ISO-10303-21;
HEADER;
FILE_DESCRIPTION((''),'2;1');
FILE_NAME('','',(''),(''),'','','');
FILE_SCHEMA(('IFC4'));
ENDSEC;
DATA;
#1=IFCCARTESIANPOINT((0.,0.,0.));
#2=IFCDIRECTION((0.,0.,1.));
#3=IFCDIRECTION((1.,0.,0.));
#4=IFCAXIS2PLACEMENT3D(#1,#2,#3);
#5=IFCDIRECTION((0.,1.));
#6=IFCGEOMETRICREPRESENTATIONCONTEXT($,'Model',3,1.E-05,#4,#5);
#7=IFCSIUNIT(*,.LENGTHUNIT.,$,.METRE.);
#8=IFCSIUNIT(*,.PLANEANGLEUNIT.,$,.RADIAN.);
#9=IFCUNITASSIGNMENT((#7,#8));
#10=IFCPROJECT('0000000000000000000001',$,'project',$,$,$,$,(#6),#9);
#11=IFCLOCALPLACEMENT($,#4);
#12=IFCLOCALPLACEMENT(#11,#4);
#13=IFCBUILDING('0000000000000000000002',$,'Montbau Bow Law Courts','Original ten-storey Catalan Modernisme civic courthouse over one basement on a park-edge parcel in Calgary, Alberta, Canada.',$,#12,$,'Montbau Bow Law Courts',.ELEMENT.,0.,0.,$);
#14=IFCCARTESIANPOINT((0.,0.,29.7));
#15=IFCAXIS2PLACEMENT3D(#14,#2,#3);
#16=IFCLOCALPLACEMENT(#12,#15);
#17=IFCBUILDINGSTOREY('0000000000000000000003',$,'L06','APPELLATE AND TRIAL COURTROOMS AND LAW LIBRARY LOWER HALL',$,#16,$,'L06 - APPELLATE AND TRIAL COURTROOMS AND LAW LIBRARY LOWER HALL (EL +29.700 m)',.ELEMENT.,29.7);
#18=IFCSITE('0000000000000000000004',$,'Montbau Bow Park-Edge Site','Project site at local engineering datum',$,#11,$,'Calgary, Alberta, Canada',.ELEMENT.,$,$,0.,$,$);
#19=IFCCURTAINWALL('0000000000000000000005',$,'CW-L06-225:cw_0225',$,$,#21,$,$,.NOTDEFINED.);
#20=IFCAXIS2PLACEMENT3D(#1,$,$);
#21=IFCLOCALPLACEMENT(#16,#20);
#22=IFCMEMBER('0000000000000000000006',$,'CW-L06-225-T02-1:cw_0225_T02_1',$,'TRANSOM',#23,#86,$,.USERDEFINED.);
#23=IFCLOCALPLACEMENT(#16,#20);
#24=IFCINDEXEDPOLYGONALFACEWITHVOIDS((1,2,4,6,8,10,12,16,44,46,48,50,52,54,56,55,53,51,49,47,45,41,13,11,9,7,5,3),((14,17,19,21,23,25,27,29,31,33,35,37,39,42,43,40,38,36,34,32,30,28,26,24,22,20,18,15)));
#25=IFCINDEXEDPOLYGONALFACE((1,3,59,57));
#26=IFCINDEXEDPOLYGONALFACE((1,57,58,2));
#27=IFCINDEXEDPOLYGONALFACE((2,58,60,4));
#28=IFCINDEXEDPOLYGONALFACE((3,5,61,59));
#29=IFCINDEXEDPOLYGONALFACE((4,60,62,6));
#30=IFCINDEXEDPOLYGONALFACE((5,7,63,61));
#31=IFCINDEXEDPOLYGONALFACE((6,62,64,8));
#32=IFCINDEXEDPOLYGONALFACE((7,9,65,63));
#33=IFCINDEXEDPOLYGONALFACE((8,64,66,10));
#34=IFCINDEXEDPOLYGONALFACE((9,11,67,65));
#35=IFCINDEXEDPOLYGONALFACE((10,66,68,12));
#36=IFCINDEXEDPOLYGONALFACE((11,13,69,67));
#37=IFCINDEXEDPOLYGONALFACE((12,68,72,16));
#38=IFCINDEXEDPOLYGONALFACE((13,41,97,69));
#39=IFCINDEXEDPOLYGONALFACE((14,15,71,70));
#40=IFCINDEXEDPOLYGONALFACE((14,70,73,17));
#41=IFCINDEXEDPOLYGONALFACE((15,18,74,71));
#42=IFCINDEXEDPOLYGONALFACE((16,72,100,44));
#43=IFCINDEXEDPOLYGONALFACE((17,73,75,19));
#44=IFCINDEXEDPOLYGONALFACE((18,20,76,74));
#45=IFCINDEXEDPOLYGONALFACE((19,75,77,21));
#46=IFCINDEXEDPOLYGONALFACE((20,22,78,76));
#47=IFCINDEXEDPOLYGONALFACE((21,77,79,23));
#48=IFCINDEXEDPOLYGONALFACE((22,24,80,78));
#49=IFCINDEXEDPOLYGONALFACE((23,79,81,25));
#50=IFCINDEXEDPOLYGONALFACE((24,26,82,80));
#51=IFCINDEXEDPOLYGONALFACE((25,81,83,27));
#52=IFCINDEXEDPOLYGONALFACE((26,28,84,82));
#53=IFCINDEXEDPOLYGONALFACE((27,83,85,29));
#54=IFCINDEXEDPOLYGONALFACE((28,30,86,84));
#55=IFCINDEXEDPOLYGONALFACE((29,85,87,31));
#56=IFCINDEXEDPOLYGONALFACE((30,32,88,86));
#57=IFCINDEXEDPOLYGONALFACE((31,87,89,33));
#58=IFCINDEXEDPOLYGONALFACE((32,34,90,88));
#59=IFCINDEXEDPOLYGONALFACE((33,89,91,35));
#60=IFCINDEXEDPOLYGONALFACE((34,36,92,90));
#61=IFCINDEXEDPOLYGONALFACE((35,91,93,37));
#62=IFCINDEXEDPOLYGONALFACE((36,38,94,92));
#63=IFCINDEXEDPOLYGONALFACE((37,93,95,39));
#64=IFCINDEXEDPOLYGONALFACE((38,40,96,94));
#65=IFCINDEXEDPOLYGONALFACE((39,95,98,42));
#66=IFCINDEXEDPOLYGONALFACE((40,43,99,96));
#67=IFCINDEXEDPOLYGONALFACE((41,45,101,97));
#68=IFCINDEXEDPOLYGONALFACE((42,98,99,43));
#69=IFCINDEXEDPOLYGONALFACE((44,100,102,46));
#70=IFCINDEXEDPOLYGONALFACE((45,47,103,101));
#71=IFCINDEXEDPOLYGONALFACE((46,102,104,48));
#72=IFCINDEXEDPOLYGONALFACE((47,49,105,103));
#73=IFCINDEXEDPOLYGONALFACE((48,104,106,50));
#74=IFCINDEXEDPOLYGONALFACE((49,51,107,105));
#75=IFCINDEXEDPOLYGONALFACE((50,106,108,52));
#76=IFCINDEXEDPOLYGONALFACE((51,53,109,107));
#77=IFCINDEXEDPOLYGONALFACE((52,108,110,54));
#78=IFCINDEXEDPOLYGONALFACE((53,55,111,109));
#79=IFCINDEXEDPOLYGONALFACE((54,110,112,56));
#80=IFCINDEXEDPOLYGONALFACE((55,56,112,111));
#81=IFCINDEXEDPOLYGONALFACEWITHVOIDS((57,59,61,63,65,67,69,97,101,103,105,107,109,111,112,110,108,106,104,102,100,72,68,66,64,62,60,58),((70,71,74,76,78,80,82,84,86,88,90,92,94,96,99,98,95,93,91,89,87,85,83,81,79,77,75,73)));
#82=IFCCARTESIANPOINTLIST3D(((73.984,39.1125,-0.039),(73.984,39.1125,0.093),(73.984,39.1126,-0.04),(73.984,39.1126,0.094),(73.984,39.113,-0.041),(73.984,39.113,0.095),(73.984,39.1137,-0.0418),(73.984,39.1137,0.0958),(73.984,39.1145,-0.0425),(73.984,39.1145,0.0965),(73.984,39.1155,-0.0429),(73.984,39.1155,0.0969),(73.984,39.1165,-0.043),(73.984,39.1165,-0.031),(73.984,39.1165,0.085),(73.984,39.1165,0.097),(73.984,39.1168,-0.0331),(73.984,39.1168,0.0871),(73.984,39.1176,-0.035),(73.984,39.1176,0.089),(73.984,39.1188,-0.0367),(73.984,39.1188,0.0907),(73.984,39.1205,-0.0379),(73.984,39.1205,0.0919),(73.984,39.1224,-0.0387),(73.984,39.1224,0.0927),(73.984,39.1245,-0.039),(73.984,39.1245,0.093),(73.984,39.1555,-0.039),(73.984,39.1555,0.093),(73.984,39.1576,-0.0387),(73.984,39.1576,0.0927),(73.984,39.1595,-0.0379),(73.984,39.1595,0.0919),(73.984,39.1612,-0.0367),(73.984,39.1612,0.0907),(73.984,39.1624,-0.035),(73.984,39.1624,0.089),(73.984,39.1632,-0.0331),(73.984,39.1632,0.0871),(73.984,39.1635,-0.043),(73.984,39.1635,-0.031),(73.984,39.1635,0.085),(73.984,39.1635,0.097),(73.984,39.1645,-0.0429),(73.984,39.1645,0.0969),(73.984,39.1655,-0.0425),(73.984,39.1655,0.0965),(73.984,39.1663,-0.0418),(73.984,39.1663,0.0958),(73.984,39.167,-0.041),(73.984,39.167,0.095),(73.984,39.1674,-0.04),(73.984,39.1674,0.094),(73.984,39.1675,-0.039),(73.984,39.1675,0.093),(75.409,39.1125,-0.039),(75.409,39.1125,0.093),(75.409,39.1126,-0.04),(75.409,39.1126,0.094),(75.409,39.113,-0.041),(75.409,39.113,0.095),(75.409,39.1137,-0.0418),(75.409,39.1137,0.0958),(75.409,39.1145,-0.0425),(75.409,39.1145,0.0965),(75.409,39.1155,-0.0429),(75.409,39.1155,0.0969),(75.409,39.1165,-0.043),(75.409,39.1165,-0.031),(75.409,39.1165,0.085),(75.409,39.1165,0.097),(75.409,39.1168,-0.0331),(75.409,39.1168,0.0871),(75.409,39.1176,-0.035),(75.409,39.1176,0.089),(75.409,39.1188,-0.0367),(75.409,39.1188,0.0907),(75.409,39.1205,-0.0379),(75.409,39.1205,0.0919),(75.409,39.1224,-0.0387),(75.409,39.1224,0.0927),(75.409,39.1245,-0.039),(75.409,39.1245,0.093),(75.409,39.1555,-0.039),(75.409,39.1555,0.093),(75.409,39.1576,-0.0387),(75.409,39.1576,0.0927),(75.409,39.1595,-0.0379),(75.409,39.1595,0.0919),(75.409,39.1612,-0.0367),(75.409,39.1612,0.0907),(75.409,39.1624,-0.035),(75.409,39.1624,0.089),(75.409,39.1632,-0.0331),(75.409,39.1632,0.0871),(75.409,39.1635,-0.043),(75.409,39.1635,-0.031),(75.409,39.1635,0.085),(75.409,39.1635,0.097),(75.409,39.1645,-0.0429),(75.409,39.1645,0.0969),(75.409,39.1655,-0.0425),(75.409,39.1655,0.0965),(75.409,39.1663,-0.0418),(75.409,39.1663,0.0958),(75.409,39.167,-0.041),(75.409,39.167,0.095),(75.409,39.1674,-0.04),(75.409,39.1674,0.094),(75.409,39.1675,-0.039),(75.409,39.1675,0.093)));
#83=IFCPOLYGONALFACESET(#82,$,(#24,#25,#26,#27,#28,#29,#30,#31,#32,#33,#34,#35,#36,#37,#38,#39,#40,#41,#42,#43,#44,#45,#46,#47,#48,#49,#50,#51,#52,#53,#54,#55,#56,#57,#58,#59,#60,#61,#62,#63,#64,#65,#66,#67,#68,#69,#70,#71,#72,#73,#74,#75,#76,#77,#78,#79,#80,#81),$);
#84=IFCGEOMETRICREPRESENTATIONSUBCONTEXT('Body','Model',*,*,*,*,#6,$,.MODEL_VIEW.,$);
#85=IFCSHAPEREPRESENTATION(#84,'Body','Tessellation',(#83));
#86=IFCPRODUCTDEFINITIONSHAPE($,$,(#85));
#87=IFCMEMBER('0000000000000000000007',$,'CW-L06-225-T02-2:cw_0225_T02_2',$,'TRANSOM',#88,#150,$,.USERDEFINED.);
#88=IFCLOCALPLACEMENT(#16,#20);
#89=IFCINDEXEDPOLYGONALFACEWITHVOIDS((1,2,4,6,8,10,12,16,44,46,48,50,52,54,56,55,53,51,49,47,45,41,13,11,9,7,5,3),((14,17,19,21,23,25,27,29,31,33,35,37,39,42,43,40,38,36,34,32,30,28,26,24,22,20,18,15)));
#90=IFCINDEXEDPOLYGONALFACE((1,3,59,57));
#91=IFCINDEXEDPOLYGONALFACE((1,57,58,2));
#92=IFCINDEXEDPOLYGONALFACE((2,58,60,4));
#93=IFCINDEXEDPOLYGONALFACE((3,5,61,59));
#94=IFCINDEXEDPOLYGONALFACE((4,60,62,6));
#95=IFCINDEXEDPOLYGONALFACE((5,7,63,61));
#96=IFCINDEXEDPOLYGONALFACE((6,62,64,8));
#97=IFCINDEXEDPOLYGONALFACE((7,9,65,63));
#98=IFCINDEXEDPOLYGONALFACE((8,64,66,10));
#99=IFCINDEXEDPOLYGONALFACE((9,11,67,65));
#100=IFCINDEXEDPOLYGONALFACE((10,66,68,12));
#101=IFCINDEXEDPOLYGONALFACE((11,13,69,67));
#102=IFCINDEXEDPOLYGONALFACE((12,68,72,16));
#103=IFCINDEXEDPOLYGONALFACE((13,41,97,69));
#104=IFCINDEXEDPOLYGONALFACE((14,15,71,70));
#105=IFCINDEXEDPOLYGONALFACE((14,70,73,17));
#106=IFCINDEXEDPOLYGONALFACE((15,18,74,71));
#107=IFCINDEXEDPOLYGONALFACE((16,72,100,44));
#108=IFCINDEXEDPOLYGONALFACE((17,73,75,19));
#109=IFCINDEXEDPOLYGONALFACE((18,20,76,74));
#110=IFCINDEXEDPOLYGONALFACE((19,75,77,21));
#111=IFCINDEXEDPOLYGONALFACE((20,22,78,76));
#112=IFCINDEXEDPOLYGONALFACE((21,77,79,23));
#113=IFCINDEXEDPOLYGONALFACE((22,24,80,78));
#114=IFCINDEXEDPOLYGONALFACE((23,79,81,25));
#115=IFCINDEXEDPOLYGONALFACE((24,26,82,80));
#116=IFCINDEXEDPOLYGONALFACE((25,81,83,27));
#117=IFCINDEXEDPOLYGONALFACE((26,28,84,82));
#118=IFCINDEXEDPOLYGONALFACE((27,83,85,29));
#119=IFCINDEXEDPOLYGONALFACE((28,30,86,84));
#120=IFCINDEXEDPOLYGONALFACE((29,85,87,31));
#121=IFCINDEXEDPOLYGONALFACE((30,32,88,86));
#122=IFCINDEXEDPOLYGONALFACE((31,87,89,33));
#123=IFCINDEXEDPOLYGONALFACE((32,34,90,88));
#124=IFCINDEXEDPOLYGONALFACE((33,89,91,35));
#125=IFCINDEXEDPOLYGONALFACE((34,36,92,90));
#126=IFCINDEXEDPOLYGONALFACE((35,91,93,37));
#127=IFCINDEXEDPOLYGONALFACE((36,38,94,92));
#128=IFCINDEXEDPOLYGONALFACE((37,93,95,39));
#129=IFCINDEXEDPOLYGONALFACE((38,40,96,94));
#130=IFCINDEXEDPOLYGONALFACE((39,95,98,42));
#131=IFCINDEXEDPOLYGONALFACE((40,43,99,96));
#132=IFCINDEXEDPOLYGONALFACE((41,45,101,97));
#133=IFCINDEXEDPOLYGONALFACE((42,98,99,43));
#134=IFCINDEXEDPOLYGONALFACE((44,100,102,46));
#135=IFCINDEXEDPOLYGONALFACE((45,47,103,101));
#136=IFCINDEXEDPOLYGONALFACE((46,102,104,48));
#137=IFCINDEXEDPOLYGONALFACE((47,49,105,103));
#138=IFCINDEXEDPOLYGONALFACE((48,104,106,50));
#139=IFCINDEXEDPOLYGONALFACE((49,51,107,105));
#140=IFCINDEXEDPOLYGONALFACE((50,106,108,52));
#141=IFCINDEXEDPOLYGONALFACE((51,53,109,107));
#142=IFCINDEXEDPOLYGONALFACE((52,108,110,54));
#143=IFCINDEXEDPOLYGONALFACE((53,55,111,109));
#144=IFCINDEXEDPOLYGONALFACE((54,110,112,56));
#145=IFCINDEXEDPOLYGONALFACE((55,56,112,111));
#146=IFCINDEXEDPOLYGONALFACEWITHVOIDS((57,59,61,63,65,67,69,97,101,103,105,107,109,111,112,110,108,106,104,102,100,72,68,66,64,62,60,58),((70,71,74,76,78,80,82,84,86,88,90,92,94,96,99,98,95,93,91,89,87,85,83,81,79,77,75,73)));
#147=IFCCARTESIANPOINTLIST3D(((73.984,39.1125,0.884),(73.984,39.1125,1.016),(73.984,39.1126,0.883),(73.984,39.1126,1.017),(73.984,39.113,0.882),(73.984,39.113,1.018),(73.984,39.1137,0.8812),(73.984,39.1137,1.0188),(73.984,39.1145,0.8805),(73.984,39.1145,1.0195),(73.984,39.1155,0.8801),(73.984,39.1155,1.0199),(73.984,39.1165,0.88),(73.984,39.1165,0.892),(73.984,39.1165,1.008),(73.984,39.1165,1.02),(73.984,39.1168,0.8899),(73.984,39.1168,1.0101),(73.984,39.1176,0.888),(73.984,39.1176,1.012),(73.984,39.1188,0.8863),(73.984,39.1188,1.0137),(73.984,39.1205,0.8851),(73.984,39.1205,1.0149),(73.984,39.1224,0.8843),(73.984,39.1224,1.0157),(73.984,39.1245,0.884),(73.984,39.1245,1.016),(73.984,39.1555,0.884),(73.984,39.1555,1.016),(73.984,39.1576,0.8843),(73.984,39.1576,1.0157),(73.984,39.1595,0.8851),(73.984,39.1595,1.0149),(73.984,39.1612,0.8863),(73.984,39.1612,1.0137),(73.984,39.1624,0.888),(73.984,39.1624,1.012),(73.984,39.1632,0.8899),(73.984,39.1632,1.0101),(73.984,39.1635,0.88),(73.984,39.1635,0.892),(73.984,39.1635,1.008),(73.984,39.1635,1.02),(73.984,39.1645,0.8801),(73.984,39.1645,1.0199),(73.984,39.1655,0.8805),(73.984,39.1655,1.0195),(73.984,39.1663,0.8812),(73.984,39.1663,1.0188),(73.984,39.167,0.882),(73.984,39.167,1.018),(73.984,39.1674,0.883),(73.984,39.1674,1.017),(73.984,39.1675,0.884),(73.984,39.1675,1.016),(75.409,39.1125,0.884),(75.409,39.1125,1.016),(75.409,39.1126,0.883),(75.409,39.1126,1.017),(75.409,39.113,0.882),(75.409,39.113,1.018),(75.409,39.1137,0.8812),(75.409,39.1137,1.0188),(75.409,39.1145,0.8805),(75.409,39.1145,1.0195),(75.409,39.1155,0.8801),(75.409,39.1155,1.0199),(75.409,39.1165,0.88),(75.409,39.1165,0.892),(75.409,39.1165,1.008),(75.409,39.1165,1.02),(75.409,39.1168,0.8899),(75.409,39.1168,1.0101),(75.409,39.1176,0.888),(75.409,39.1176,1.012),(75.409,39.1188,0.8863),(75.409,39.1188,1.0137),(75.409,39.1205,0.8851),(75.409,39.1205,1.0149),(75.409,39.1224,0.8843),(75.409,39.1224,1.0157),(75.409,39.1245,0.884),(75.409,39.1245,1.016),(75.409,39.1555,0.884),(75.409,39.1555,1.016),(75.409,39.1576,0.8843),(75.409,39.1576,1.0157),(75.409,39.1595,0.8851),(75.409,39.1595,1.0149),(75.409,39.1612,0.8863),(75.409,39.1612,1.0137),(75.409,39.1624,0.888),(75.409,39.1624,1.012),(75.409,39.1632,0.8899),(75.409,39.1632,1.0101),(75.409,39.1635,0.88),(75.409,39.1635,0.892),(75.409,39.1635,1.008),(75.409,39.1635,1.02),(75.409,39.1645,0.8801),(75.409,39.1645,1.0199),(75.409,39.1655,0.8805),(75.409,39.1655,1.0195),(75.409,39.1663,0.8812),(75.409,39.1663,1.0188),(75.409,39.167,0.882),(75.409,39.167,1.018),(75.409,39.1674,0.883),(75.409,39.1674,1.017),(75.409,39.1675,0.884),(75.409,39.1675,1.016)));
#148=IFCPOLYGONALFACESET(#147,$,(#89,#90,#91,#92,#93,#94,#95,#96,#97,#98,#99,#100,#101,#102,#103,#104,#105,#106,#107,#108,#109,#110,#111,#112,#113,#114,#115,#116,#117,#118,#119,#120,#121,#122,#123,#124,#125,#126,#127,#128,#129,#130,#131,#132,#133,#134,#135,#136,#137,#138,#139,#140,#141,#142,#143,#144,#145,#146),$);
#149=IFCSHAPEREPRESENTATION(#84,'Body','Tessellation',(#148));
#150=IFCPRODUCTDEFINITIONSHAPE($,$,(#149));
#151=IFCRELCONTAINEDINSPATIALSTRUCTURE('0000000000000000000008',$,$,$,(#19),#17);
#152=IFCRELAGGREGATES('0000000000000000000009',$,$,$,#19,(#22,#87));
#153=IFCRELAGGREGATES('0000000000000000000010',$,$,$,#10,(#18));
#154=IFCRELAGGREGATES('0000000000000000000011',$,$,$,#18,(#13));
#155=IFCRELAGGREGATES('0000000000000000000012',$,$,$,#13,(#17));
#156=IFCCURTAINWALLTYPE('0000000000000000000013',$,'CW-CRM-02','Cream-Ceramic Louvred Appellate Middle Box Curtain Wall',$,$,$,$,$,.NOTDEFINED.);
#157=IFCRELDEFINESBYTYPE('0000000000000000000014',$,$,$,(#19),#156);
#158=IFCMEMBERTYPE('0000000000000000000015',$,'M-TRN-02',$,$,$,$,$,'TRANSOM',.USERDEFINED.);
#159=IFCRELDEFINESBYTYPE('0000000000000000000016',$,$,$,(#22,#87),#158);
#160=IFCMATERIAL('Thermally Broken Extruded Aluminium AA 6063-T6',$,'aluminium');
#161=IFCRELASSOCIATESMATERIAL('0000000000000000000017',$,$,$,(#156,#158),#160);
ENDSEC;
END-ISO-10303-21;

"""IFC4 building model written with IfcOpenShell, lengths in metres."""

from ifc_helpers import new_model, si_unit, direction, frame, origin_with_axes, origin_2d_with_axis, place, context, subcontext, project, spatial, hollow_rectangle, extrude, material, material_profile, profile_set, type_object, element, aggregate, save


model = new_model("IFC4")

# Units and contexts
model_context = context("Model", 3, precision=1e-05, world=origin_with_axes(), true_north=direction((0.0, 1.0)))
body_context = subcontext(model_context, "Body", "Model", "MODEL_VIEW")
ifc_project = project(units=[si_unit("LENGTHUNIT", "METRE"), si_unit("PLANEANGLEUNIT", "RADIAN")], contexts=[model_context])

# Site, building, storey
site_placement = place(None, origin_with_axes())
site = spatial("IfcSite", under=ifc_project, at=site_placement, Name="Montbau Bow Park-Edge Site", Description="Project site at local engineering datum", LongName="Calgary, Alberta, Canada", CompositionType="ELEMENT", RefElevation=0.0)
building_placement = place(site_placement, origin_with_axes())
building = spatial("IfcBuilding", under=site, at=building_placement, Name="Montbau Bow Law Courts", Description="Original ten-storey Catalan Modernisme civic courthouse over one basement on a park-edge parcel in Calgary, Alberta, Canada.", LongName="Montbau Bow Law Courts", CompositionType="ELEMENT", ElevationOfRefHeight=0.0, ElevationOfTerrain=0.0)
storey_placement = place(building_placement, frame((0.0, 0.0, 29.7), z_axis=(0.0, 0.0, 1.0), x_axis=(1.0, 0.0, 0.0)))
storey = spatial("IfcBuildingStorey", under=building, at=storey_placement, Name="L06", Description="APPELLATE AND TRIAL COURTROOMS AND LAW LIBRARY LOWER HALL", LongName="L06 - APPELLATE AND TRIAL COURTROOMS AND LAW LIBRARY LOWER HALL (EL +29.700 m)", CompositionType="ELEMENT", Elevation=29.7)

# Curtain wall
ifc_material_1 = material(Name="Thermally Broken Extruded Aluminium AA 6063-T6", Category="aluminium")
curtain_wall_type = type_object("IfcCurtainWallType", Name="CW-CRM-02", Description="Cream-Ceramic Louvred Appellate Middle Box Curtain Wall", PredefinedType="NOTDEFINED", material=ifc_material_1)
curtain_wall_1_placement = place(None, frame((72.44, 39.14, 29.7), z_axis=(0.0, 0.0, 1.0), x_axis=(1.0, 0.0, 0.0)))
curtain_wall_1 = element("IfcCurtainWall", 1, at=curtain_wall_1_placement, inside=storey, type_object=curtain_wall_type, Name="CW-L06-225:cw_0225", PredefinedType="NOTDEFINED")

# Members
ifc_material_profile_1 = material_profile(ifc_material_1, hollow_rectangle(XDim=0.055, YDim=0.14, WallThickness=0.004, InnerFilletRadius=0.008, OuterFilletRadius=0.004, at=origin_2d_with_axis()), Name="CWT-140X55", Category="Main", Priority=0)
ifc_profile_set_1 = profile_set([ifc_material_profile_1], Name="Thermally Broken Extruded Aluminium AA 6063-T6")
member_type_1 = type_object("IfcMemberType", Name="M-TRN-02", ElementType="TRANSOM", PredefinedType="USERDEFINED", material=ifc_profile_set_1)
member_1_placement = place(None, frame((73.984, 39.14, 29.727), z_axis=(1.0, 0.0, 0.0), x_axis=(0.0, 1.0, 0.0)))
member_1 = element("IfcMember", 2, at=member_1_placement, type_object=member_type_1, Name="CW-L06-225-T02-1:cw_0225_T02_1", ObjectType="TRANSOM", PredefinedType="USERDEFINED", context=body_context, shape_type="SweptSolid", body=[
    extrude(hollow_rectangle(XDim=0.055, YDim=0.14, WallThickness=0.004, InnerFilletRadius=0.008, OuterFilletRadius=0.004, at=origin_2d_with_axis()), origin_with_axes(), (0.0, 0.0, 1.0), 1.425),
])
member_2_placement = place(None, frame((73.984, 39.14, 30.65), z_axis=(1.0, 0.0, 0.0), x_axis=(0.0, 1.0, 0.0)))
member_2 = element("IfcMember", 3, at=member_2_placement, type_object=member_type_1, Name="CW-L06-225-T02-2:cw_0225_T02_2", ObjectType="TRANSOM", PredefinedType="USERDEFINED", context=body_context, shape_type="SweptSolid", body=[
    extrude(hollow_rectangle(XDim=0.055, YDim=0.14, WallThickness=0.004, InnerFilletRadius=0.008, OuterFilletRadius=0.004, at=origin_2d_with_axis()), origin_with_axes(), (0.0, 0.0, 1.0), 1.425),
])

aggregate(curtain_wall_1, [member_1, member_2])

save(model, "model.ifc")
